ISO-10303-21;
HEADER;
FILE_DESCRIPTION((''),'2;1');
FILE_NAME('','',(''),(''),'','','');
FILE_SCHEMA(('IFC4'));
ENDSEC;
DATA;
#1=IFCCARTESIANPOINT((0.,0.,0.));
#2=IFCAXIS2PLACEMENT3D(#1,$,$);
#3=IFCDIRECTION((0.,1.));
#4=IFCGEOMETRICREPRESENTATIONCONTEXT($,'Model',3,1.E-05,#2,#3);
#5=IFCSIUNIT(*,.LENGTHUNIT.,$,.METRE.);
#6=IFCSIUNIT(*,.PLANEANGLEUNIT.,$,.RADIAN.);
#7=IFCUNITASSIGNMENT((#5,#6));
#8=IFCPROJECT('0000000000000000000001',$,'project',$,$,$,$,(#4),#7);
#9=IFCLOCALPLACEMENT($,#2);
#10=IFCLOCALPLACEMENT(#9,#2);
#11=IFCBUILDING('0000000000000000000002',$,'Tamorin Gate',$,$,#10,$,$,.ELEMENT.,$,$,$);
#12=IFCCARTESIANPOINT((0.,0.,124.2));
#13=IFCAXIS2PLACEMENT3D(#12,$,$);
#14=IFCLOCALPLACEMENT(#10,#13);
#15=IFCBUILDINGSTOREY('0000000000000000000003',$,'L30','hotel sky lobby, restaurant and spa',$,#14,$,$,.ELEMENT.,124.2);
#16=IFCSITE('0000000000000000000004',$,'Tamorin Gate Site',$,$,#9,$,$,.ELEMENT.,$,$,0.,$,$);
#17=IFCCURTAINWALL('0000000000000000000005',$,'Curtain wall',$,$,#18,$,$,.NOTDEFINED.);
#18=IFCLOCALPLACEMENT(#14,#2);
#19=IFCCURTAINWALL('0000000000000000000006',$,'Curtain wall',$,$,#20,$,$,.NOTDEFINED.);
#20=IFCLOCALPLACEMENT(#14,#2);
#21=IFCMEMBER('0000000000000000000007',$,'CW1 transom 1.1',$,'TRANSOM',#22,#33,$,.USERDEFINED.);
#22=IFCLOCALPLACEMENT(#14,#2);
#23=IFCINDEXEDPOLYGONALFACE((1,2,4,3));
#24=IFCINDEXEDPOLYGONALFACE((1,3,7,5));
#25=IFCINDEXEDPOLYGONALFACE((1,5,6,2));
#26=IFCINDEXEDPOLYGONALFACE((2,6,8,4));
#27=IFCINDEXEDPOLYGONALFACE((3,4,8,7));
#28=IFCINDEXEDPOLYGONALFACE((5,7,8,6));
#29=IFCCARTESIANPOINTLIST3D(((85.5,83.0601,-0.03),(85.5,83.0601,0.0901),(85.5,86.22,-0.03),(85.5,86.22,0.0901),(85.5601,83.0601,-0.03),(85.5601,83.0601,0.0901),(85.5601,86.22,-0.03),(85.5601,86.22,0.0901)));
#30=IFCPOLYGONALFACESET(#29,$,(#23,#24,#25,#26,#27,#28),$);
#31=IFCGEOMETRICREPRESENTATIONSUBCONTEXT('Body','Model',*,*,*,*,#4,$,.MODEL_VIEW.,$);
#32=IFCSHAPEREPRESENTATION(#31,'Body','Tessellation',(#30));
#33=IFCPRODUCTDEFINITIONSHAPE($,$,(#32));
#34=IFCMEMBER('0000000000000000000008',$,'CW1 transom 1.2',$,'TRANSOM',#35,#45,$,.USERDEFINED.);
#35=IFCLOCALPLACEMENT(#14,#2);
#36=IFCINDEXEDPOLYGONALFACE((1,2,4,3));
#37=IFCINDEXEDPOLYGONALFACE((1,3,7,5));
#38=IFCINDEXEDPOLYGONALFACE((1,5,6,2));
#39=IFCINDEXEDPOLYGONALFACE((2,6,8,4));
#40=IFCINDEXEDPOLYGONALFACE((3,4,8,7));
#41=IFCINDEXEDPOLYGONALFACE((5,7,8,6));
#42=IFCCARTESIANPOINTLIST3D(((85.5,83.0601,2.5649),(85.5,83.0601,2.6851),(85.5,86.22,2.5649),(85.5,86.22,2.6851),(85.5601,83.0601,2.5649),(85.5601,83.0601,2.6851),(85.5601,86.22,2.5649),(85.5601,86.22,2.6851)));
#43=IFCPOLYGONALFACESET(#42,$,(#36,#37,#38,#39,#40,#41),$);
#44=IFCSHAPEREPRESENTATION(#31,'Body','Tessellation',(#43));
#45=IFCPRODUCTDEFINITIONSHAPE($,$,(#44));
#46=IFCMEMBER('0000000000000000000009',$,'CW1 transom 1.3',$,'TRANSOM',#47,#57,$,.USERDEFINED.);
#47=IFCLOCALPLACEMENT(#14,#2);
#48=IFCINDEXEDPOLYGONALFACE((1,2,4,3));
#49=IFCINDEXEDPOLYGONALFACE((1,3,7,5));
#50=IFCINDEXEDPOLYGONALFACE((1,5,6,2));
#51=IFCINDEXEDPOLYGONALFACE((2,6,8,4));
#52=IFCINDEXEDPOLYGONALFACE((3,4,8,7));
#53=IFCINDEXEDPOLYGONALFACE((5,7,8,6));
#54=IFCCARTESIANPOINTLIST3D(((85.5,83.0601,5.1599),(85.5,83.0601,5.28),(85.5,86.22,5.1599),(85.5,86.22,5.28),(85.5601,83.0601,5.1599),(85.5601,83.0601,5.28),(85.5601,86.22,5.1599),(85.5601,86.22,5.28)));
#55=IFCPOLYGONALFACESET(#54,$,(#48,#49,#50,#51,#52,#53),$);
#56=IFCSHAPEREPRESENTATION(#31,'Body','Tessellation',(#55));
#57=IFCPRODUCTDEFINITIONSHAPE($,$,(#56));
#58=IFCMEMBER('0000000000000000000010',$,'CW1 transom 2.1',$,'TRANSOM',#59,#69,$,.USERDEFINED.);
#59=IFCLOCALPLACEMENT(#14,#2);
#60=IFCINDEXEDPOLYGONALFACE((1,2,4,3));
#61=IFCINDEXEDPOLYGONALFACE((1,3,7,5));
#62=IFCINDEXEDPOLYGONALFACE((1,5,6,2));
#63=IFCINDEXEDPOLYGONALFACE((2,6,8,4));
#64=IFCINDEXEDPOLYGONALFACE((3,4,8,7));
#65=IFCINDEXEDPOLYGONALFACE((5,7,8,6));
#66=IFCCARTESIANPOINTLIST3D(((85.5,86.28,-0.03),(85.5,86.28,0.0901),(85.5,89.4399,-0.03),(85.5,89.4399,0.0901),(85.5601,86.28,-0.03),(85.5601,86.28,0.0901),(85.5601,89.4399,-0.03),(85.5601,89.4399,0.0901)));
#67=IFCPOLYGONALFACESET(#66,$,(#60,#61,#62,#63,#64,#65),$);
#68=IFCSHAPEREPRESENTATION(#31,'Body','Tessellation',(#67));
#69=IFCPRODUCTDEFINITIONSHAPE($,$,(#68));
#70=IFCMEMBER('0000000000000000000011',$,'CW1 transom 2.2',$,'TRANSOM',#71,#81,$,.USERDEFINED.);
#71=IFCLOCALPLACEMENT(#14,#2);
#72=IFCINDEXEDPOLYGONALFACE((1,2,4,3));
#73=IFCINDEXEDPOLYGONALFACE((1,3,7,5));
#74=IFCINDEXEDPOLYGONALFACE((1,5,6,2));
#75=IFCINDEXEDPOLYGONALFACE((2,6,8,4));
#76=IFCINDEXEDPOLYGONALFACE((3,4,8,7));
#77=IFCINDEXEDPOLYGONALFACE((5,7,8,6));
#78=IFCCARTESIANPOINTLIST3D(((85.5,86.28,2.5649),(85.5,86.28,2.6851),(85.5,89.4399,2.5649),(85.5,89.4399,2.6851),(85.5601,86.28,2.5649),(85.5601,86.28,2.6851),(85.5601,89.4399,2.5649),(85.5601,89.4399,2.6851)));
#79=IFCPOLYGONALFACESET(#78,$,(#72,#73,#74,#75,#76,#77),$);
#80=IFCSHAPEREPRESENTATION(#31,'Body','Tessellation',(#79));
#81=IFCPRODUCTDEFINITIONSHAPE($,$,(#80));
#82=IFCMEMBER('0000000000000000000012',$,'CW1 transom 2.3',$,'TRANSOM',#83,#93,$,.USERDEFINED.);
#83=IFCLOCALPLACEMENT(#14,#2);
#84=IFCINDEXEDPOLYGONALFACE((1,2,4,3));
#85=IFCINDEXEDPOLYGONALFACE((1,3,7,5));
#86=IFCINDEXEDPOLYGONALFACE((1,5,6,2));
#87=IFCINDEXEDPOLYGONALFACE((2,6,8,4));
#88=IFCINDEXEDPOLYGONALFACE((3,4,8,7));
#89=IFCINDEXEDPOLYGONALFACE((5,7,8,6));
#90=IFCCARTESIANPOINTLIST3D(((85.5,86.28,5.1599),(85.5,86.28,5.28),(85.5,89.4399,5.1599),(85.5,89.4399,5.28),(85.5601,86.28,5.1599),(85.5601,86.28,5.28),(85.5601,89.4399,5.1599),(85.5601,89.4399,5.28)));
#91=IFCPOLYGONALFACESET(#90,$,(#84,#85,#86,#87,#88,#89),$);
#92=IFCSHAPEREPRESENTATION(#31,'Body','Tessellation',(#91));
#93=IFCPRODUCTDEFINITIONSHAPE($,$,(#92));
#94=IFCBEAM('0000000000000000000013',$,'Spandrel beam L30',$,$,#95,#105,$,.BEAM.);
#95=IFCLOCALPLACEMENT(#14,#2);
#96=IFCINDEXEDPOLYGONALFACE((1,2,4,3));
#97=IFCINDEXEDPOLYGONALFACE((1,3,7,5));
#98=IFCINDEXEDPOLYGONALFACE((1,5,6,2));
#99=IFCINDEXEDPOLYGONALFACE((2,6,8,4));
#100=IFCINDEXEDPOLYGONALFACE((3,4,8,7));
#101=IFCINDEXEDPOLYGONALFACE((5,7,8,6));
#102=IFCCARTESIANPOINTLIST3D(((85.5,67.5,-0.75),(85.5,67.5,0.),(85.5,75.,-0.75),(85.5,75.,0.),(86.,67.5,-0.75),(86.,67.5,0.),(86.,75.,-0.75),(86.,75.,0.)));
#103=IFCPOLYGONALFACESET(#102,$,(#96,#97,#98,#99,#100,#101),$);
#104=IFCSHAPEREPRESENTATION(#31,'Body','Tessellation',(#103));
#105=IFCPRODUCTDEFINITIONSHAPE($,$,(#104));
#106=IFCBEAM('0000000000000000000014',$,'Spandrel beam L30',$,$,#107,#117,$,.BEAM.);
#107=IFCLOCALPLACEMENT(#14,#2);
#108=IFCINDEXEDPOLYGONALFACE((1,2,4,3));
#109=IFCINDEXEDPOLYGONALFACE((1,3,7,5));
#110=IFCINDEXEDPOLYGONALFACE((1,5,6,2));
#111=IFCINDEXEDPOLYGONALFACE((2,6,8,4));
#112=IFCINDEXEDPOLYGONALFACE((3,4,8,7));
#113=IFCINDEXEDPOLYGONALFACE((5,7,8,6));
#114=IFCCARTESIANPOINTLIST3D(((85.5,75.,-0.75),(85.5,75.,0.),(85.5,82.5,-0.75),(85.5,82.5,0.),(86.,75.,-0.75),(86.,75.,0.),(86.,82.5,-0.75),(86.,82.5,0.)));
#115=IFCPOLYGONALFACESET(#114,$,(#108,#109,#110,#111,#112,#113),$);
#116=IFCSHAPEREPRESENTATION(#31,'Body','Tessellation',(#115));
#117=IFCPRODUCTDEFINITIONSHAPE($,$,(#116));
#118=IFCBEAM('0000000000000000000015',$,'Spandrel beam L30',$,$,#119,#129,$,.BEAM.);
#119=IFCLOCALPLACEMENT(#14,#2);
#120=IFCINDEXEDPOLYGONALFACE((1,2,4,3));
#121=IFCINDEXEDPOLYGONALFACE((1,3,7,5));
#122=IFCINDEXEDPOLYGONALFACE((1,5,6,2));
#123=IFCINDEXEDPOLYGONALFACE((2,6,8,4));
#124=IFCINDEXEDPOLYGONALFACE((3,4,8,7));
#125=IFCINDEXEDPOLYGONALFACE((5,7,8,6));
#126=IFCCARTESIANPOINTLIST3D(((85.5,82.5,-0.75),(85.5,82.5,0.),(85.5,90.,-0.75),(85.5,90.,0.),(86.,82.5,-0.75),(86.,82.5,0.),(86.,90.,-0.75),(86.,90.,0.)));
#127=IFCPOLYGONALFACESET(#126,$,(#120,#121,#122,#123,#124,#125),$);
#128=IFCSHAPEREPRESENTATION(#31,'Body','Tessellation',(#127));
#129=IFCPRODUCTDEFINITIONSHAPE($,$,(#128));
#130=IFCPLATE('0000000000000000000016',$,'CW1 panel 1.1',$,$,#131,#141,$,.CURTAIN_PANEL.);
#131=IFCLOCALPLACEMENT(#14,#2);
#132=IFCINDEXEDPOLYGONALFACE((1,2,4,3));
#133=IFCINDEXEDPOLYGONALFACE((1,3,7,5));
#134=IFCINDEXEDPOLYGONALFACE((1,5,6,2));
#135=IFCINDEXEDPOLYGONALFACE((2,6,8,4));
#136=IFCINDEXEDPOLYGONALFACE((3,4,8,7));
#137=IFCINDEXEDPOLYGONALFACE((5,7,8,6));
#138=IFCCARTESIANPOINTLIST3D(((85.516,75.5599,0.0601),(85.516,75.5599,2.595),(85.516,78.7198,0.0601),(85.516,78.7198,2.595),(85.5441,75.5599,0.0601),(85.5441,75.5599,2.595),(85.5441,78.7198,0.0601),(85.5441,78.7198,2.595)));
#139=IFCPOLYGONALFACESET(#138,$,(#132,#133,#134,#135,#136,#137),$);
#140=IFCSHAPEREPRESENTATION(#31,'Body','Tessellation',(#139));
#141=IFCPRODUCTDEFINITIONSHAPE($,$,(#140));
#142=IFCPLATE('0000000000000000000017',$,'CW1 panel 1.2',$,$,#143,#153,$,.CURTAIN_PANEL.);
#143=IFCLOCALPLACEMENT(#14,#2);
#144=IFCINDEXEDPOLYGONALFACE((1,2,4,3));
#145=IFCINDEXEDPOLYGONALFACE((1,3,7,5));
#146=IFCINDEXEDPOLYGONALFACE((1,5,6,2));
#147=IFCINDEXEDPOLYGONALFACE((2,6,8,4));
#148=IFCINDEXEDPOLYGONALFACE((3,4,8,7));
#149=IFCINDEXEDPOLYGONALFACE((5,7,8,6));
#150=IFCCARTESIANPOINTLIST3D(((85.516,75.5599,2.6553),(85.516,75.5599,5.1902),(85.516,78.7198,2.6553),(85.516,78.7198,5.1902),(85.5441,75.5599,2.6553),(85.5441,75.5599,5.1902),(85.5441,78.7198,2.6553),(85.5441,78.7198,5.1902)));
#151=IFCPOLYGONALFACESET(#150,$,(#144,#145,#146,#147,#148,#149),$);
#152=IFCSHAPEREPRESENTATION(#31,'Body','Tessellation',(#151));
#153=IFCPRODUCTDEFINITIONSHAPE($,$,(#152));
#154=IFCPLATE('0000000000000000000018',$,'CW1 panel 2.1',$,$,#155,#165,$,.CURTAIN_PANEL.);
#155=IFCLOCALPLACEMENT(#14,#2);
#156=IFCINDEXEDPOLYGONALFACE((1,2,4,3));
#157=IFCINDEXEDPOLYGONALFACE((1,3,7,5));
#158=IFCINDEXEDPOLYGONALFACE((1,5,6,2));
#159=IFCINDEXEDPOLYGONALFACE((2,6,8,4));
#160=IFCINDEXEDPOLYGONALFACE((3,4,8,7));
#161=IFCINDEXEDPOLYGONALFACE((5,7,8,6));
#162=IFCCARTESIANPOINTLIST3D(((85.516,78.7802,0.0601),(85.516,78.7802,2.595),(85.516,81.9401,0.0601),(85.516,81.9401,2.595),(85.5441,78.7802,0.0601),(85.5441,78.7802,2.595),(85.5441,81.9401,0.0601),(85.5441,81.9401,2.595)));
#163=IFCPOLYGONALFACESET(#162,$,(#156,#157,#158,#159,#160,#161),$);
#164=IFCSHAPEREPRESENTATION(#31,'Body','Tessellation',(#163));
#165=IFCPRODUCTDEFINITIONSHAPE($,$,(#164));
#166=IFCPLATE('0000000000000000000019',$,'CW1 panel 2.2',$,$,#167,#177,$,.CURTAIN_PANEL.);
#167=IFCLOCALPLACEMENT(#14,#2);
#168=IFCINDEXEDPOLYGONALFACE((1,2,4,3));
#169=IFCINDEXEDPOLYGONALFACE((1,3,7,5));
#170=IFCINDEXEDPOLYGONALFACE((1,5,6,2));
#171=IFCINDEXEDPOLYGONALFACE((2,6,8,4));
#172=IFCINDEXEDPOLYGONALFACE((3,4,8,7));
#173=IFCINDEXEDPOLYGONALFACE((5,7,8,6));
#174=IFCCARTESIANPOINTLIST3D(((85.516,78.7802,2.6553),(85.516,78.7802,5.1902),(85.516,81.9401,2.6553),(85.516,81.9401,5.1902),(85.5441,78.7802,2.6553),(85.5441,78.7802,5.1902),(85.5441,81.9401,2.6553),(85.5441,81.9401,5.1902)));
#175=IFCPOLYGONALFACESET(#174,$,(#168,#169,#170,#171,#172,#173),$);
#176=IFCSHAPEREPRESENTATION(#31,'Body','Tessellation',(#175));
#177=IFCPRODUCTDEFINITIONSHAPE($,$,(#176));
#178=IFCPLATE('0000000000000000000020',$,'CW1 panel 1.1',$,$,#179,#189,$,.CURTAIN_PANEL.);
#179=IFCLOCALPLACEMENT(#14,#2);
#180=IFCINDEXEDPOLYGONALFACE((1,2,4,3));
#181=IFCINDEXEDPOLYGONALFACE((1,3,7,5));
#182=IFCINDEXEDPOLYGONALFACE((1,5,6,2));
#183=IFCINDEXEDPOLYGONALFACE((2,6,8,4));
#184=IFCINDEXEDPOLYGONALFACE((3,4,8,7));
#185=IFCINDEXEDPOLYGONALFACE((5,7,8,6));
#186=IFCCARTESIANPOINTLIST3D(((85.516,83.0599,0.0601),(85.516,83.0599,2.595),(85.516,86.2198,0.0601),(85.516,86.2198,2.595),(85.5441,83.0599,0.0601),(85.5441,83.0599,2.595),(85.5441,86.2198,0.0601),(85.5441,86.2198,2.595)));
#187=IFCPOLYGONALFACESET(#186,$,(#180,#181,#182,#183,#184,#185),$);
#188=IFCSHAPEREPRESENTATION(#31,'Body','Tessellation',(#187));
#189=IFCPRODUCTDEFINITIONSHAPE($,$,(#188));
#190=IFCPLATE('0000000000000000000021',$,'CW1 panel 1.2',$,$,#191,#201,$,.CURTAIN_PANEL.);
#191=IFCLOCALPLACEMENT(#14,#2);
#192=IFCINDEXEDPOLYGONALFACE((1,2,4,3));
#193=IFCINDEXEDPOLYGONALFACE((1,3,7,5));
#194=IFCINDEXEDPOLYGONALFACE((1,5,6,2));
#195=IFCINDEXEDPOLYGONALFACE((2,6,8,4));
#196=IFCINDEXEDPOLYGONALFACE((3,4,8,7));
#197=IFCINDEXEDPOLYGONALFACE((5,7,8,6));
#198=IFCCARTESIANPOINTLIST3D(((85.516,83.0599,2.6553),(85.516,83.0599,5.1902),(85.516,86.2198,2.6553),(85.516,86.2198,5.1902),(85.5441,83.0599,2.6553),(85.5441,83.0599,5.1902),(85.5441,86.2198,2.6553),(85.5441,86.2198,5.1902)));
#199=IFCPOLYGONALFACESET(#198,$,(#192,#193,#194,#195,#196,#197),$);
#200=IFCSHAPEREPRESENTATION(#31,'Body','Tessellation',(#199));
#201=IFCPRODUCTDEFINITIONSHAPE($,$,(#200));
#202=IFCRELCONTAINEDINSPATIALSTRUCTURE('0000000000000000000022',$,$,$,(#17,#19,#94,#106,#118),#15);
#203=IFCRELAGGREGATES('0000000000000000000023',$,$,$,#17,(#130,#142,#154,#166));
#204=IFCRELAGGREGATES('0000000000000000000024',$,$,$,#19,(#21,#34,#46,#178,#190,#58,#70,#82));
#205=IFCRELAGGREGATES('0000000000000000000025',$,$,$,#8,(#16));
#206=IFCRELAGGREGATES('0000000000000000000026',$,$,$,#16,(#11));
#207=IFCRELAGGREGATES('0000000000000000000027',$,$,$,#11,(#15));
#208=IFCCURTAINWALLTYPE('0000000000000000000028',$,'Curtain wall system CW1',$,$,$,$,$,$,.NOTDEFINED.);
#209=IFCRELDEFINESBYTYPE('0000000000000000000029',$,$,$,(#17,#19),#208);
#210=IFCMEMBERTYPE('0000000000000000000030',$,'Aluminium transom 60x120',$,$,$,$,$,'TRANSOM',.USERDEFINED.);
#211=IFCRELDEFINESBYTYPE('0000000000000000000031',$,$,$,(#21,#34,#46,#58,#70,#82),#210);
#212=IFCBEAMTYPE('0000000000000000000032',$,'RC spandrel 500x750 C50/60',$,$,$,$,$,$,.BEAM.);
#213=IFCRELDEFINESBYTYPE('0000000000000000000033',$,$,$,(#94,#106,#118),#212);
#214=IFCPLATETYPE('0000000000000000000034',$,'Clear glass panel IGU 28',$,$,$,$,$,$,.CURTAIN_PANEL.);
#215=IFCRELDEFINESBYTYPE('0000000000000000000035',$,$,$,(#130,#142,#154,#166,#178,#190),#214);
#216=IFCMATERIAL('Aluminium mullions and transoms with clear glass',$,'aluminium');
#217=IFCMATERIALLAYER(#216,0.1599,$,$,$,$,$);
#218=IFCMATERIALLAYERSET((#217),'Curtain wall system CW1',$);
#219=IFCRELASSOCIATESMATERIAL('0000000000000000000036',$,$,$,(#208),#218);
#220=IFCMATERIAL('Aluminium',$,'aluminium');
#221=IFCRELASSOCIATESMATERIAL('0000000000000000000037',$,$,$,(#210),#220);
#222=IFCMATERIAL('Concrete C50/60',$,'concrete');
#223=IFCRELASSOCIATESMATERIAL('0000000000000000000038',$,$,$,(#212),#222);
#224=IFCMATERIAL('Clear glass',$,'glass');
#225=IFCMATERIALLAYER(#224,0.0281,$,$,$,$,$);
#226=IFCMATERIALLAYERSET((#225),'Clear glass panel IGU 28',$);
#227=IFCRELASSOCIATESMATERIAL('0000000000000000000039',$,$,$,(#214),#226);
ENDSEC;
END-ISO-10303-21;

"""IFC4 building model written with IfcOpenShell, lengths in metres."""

from ifc_helpers import new_model, si_unit, direction, frame, origin, origin_2d, place, context, subcontext, project, spatial, rectangle, extrude, material, layer, layer_set, material_profile, profile_set, type_object, element, aggregate, save


model = new_model("IFC4")

# Units and contexts
model_context = context("Model", 3, precision=1e-05, world=origin(), true_north=direction((0.0, 1.0)))
body_context = subcontext(model_context, "Body", "Model", "MODEL_VIEW")
ifc_project = project(units=[si_unit("LENGTHUNIT", "METRE"), si_unit("PLANEANGLEUNIT", "RADIAN")], contexts=[model_context])

# Site, building, storey
site_placement = place(None, origin())
site = spatial("IfcSite", under=ifc_project, at=site_placement, Name="Tamorin Gate Site", CompositionType="ELEMENT", RefElevation=0.0)
building_placement = place(site_placement, origin())
building = spatial("IfcBuilding", under=site, at=building_placement, Name="Tamorin Gate", CompositionType="ELEMENT")
storey_placement = place(building_placement, frame((0.0, 0.0, 124.2)))
storey = spatial("IfcBuildingStorey", under=building, at=storey_placement, Name="L30", Description="hotel sky lobby, restaurant and spa", CompositionType="ELEMENT", Elevation=124.2)

# Curtain walls
ifc_material_1 = material(Name="Aluminium mullions and transoms with clear glass", Category="aluminium")
ifc_layer_1 = layer(ifc_material_1, 0.1599)
ifc_layer_set_1 = layer_set([ifc_layer_1], Name="Curtain wall system CW1")
curtain_wall_type = type_object("IfcCurtainWallType", Name="Curtain wall system CW1", PredefinedType="NOTDEFINED", material=ifc_layer_set_1)
curtain_wall_1_placement = place(storey_placement, origin())
curtain_wall_1 = element("IfcCurtainWall", 1, at=curtain_wall_1_placement, inside=storey, type_object=curtain_wall_type, Name="Curtain wall", PredefinedType="NOTDEFINED")
ifc_material_2 = material(Name="Aluminium", Category="aluminium")
curtain_wall_2_placement = place(storey_placement, origin())
curtain_wall_2 = element("IfcCurtainWall", 2, at=curtain_wall_2_placement, inside=storey, type_object=curtain_wall_type, Name="Curtain wall", PredefinedType="NOTDEFINED")

# Members
ifc_material_profile_1 = material_profile(ifc_material_2, rectangle(XDim=0.0601, YDim=0.1201, at=origin_2d()), Name="RECT 60x120")
ifc_profile_set_1 = profile_set([ifc_material_profile_1], Name="Aluminium")
member_type_1 = type_object("IfcMemberType", Name="Aluminium transom 60x120", ElementType="TRANSOM", PredefinedType="USERDEFINED", material=ifc_profile_set_1)
member_1_placement = place(storey_placement, frame((85.53, 83.0601, 0.03), z_axis=(0.0, 1.0, 0.0), x_axis=(-1.0, 0.0, 0.0)))
member_1 = element("IfcMember", 3, at=member_1_placement, type_object=member_type_1, Name="CW1 transom 1.1", ObjectType="TRANSOM", PredefinedType="USERDEFINED", context=body_context, shape_type="SweptSolid", body=[
    extrude(rectangle(XDim=0.0601, YDim=0.1201, at=origin_2d()), origin(), (0.0, 0.0, 1.0), 3.1599),
])
member_2_placement = place(storey_placement, frame((85.53, 83.0601, 2.625), z_axis=(0.0, 1.0, 0.0), x_axis=(-1.0, 0.0, 0.0)))
member_2 = element("IfcMember", 4, at=member_2_placement, type_object=member_type_1, Name="CW1 transom 1.2", ObjectType="TRANSOM", PredefinedType="USERDEFINED", context=body_context, shape_type="SweptSolid", body=[
    extrude(rectangle(XDim=0.0601, YDim=0.1201, at=origin_2d()), origin(), (0.0, 0.0, 1.0), 3.1599),
])
member_3_placement = place(storey_placement, frame((85.53, 83.0601, 5.22), z_axis=(0.0, 1.0, 0.0), x_axis=(-1.0, 0.0, 0.0)))
member_3 = element("IfcMember", 5, at=member_3_placement, type_object=member_type_1, Name="CW1 transom 1.3", ObjectType="TRANSOM", PredefinedType="USERDEFINED", context=body_context, shape_type="SweptSolid", body=[
    extrude(rectangle(XDim=0.0601, YDim=0.1201, at=origin_2d()), origin(), (0.0, 0.0, 1.0), 3.1599),
])
member_4_placement = place(storey_placement, frame((85.53, 86.28, 0.03), z_axis=(0.0, 1.0, 0.0), x_axis=(-1.0, 0.0, 0.0)))
member_4 = element("IfcMember", 6, at=member_4_placement, type_object=member_type_1, Name="CW1 transom 2.1", ObjectType="TRANSOM", PredefinedType="USERDEFINED", context=body_context, shape_type="SweptSolid", body=[
    extrude(rectangle(XDim=0.0601, YDim=0.1201, at=origin_2d()), origin(), (0.0, 0.0, 1.0), 3.1599),
])
member_5_placement = place(storey_placement, frame((85.53, 86.28, 2.625), z_axis=(0.0, 1.0, 0.0), x_axis=(-1.0, 0.0, 0.0)))
member_5 = element("IfcMember", 7, at=member_5_placement, type_object=member_type_1, Name="CW1 transom 2.2", ObjectType="TRANSOM", PredefinedType="USERDEFINED", context=body_context, shape_type="SweptSolid", body=[
    extrude(rectangle(XDim=0.0601, YDim=0.1201, at=origin_2d()), origin(), (0.0, 0.0, 1.0), 3.1599),
])
member_6_placement = place(storey_placement, frame((85.53, 86.28, 5.22), z_axis=(0.0, 1.0, 0.0), x_axis=(-1.0, 0.0, 0.0)))
member_6 = element("IfcMember", 8, at=member_6_placement, type_object=member_type_1, Name="CW1 transom 2.3", ObjectType="TRANSOM", PredefinedType="USERDEFINED", context=body_context, shape_type="SweptSolid", body=[
    extrude(rectangle(XDim=0.0601, YDim=0.1201, at=origin_2d()), origin(), (0.0, 0.0, 1.0), 3.1599),
])

# Beams
ifc_material_3 = material(Name="Concrete C50/60", Category="concrete")
ifc_material_profile_2 = material_profile(ifc_material_3, rectangle(XDim=0.5, YDim=0.75, at=origin_2d()), Name="RC 500x750")
ifc_profile_set_2 = profile_set([ifc_material_profile_2], Name="Concrete C50/60")
beam_type = type_object("IfcBeamType", Name="RC spandrel 500x750 C50/60", PredefinedType="BEAM", material=ifc_profile_set_2)
for number, where, z_axis, x_axis, name in (
    (9, (85.75, 67.5, -0.375), (0.0, 1.0, 0.0), (-1.0, 0.0, 0.0), "Spandrel beam L30"),
    (10, (85.75, 75.0, -0.375), (0.0, 1.0, 0.0), (-1.0, 0.0, 0.0), "Spandrel beam L30"),
    (11, (85.75, 82.5, -0.375), (0.0, 1.0, 0.0), (-1.0, 0.0, 0.0), "Spandrel beam L30"),
):
    element("IfcBeam", number, at=place(storey_placement, frame(where, z_axis=z_axis, x_axis=x_axis)), inside=storey, type_object=beam_type, Name=name, PredefinedType="BEAM", context=body_context, shape_type="SweptSolid", body=[
        extrude(rectangle(XDim=0.5, YDim=0.75, at=origin_2d()), origin(), (0.0, 0.0, 1.0), 7.5),
    ])

# Plates
ifc_material_4 = material(Name="Clear glass", Category="glass")
ifc_layer_2 = layer(ifc_material_4, 0.0281)
ifc_layer_set_2 = layer_set([ifc_layer_2], Name="Clear glass panel IGU 28")
plate_type = type_object("IfcPlateType", Name="Clear glass panel IGU 28", PredefinedType="CURTAIN_PANEL", material=ifc_layer_set_2)
plate_1_placement = place(storey_placement, frame((85.53, 77.1399, 0.0601), z_axis=(0.0, 0.0, 1.0), x_axis=(0.0, 1.0, 0.0)))
plate_1 = element("IfcPlate", 12, at=plate_1_placement, type_object=plate_type, Name="CW1 panel 1.1", PredefinedType="CURTAIN_PANEL", context=body_context, shape_type="SweptSolid", body=[
    extrude(rectangle(XDim=3.1599, YDim=0.0281, at=origin_2d()), origin(), (0.0, 0.0, 1.0), 2.5349),
])
plate_2_placement = place(storey_placement, frame((85.53, 77.1399, 2.6553), z_axis=(0.0, 0.0, 1.0), x_axis=(0.0, 1.0, 0.0)))
plate_2 = element("IfcPlate", 13, at=plate_2_placement, type_object=plate_type, Name="CW1 panel 1.2", PredefinedType="CURTAIN_PANEL", context=body_context, shape_type="SweptSolid", body=[
    extrude(rectangle(XDim=3.1599, YDim=0.0281, at=origin_2d()), origin(), (0.0, 0.0, 1.0), 2.5349),
])
plate_3_placement = place(storey_placement, frame((85.53, 80.3601, 0.0601), z_axis=(0.0, 0.0, 1.0), x_axis=(0.0, 1.0, 0.0)))
plate_3 = element("IfcPlate", 14, at=plate_3_placement, type_object=plate_type, Name="CW1 panel 2.1", PredefinedType="CURTAIN_PANEL", context=body_context, shape_type="SweptSolid", body=[
    extrude(rectangle(XDim=3.1599, YDim=0.0281, at=origin_2d()), origin(), (0.0, 0.0, 1.0), 2.5349),
])
plate_4_placement = place(storey_placement, frame((85.53, 80.3601, 2.6553), z_axis=(0.0, 0.0, 1.0), x_axis=(0.0, 1.0, 0.0)))
plate_4 = element("IfcPlate", 15, at=plate_4_placement, type_object=plate_type, Name="CW1 panel 2.2", PredefinedType="CURTAIN_PANEL", context=body_context, shape_type="SweptSolid", body=[
    extrude(rectangle(XDim=3.1599, YDim=0.0281, at=origin_2d()), origin(), (0.0, 0.0, 1.0), 2.5349),
])
aggregate(curtain_wall_1, [plate_1, plate_2, plate_3, plate_4])
plate_5_placement = place(storey_placement, frame((85.53, 84.6399, 0.0601), z_axis=(0.0, 0.0, 1.0), x_axis=(0.0, 1.0, 0.0)))
plate_5 = element("IfcPlate", 16, at=plate_5_placement, type_object=plate_type, Name="CW1 panel 1.1", PredefinedType="CURTAIN_PANEL", context=body_context, shape_type="SweptSolid", body=[
    extrude(rectangle(XDim=3.1599, YDim=0.0281, at=origin_2d()), origin(), (0.0, 0.0, 1.0), 2.5349),
])
plate_6_placement = place(storey_placement, frame((85.53, 84.6399, 2.6553), z_axis=(0.0, 0.0, 1.0), x_axis=(0.0, 1.0, 0.0)))
plate_6 = element("IfcPlate", 17, at=plate_6_placement, type_object=plate_type, Name="CW1 panel 1.2", PredefinedType="CURTAIN_PANEL", context=body_context, shape_type="SweptSolid", body=[
    extrude(rectangle(XDim=3.1599, YDim=0.0281, at=origin_2d()), origin(), (0.0, 0.0, 1.0), 2.5349),
])
aggregate(curtain_wall_2, [member_1, member_2, member_3, plate_5, plate_6, member_4, member_5, member_6])

save(model, "model.ifc")
